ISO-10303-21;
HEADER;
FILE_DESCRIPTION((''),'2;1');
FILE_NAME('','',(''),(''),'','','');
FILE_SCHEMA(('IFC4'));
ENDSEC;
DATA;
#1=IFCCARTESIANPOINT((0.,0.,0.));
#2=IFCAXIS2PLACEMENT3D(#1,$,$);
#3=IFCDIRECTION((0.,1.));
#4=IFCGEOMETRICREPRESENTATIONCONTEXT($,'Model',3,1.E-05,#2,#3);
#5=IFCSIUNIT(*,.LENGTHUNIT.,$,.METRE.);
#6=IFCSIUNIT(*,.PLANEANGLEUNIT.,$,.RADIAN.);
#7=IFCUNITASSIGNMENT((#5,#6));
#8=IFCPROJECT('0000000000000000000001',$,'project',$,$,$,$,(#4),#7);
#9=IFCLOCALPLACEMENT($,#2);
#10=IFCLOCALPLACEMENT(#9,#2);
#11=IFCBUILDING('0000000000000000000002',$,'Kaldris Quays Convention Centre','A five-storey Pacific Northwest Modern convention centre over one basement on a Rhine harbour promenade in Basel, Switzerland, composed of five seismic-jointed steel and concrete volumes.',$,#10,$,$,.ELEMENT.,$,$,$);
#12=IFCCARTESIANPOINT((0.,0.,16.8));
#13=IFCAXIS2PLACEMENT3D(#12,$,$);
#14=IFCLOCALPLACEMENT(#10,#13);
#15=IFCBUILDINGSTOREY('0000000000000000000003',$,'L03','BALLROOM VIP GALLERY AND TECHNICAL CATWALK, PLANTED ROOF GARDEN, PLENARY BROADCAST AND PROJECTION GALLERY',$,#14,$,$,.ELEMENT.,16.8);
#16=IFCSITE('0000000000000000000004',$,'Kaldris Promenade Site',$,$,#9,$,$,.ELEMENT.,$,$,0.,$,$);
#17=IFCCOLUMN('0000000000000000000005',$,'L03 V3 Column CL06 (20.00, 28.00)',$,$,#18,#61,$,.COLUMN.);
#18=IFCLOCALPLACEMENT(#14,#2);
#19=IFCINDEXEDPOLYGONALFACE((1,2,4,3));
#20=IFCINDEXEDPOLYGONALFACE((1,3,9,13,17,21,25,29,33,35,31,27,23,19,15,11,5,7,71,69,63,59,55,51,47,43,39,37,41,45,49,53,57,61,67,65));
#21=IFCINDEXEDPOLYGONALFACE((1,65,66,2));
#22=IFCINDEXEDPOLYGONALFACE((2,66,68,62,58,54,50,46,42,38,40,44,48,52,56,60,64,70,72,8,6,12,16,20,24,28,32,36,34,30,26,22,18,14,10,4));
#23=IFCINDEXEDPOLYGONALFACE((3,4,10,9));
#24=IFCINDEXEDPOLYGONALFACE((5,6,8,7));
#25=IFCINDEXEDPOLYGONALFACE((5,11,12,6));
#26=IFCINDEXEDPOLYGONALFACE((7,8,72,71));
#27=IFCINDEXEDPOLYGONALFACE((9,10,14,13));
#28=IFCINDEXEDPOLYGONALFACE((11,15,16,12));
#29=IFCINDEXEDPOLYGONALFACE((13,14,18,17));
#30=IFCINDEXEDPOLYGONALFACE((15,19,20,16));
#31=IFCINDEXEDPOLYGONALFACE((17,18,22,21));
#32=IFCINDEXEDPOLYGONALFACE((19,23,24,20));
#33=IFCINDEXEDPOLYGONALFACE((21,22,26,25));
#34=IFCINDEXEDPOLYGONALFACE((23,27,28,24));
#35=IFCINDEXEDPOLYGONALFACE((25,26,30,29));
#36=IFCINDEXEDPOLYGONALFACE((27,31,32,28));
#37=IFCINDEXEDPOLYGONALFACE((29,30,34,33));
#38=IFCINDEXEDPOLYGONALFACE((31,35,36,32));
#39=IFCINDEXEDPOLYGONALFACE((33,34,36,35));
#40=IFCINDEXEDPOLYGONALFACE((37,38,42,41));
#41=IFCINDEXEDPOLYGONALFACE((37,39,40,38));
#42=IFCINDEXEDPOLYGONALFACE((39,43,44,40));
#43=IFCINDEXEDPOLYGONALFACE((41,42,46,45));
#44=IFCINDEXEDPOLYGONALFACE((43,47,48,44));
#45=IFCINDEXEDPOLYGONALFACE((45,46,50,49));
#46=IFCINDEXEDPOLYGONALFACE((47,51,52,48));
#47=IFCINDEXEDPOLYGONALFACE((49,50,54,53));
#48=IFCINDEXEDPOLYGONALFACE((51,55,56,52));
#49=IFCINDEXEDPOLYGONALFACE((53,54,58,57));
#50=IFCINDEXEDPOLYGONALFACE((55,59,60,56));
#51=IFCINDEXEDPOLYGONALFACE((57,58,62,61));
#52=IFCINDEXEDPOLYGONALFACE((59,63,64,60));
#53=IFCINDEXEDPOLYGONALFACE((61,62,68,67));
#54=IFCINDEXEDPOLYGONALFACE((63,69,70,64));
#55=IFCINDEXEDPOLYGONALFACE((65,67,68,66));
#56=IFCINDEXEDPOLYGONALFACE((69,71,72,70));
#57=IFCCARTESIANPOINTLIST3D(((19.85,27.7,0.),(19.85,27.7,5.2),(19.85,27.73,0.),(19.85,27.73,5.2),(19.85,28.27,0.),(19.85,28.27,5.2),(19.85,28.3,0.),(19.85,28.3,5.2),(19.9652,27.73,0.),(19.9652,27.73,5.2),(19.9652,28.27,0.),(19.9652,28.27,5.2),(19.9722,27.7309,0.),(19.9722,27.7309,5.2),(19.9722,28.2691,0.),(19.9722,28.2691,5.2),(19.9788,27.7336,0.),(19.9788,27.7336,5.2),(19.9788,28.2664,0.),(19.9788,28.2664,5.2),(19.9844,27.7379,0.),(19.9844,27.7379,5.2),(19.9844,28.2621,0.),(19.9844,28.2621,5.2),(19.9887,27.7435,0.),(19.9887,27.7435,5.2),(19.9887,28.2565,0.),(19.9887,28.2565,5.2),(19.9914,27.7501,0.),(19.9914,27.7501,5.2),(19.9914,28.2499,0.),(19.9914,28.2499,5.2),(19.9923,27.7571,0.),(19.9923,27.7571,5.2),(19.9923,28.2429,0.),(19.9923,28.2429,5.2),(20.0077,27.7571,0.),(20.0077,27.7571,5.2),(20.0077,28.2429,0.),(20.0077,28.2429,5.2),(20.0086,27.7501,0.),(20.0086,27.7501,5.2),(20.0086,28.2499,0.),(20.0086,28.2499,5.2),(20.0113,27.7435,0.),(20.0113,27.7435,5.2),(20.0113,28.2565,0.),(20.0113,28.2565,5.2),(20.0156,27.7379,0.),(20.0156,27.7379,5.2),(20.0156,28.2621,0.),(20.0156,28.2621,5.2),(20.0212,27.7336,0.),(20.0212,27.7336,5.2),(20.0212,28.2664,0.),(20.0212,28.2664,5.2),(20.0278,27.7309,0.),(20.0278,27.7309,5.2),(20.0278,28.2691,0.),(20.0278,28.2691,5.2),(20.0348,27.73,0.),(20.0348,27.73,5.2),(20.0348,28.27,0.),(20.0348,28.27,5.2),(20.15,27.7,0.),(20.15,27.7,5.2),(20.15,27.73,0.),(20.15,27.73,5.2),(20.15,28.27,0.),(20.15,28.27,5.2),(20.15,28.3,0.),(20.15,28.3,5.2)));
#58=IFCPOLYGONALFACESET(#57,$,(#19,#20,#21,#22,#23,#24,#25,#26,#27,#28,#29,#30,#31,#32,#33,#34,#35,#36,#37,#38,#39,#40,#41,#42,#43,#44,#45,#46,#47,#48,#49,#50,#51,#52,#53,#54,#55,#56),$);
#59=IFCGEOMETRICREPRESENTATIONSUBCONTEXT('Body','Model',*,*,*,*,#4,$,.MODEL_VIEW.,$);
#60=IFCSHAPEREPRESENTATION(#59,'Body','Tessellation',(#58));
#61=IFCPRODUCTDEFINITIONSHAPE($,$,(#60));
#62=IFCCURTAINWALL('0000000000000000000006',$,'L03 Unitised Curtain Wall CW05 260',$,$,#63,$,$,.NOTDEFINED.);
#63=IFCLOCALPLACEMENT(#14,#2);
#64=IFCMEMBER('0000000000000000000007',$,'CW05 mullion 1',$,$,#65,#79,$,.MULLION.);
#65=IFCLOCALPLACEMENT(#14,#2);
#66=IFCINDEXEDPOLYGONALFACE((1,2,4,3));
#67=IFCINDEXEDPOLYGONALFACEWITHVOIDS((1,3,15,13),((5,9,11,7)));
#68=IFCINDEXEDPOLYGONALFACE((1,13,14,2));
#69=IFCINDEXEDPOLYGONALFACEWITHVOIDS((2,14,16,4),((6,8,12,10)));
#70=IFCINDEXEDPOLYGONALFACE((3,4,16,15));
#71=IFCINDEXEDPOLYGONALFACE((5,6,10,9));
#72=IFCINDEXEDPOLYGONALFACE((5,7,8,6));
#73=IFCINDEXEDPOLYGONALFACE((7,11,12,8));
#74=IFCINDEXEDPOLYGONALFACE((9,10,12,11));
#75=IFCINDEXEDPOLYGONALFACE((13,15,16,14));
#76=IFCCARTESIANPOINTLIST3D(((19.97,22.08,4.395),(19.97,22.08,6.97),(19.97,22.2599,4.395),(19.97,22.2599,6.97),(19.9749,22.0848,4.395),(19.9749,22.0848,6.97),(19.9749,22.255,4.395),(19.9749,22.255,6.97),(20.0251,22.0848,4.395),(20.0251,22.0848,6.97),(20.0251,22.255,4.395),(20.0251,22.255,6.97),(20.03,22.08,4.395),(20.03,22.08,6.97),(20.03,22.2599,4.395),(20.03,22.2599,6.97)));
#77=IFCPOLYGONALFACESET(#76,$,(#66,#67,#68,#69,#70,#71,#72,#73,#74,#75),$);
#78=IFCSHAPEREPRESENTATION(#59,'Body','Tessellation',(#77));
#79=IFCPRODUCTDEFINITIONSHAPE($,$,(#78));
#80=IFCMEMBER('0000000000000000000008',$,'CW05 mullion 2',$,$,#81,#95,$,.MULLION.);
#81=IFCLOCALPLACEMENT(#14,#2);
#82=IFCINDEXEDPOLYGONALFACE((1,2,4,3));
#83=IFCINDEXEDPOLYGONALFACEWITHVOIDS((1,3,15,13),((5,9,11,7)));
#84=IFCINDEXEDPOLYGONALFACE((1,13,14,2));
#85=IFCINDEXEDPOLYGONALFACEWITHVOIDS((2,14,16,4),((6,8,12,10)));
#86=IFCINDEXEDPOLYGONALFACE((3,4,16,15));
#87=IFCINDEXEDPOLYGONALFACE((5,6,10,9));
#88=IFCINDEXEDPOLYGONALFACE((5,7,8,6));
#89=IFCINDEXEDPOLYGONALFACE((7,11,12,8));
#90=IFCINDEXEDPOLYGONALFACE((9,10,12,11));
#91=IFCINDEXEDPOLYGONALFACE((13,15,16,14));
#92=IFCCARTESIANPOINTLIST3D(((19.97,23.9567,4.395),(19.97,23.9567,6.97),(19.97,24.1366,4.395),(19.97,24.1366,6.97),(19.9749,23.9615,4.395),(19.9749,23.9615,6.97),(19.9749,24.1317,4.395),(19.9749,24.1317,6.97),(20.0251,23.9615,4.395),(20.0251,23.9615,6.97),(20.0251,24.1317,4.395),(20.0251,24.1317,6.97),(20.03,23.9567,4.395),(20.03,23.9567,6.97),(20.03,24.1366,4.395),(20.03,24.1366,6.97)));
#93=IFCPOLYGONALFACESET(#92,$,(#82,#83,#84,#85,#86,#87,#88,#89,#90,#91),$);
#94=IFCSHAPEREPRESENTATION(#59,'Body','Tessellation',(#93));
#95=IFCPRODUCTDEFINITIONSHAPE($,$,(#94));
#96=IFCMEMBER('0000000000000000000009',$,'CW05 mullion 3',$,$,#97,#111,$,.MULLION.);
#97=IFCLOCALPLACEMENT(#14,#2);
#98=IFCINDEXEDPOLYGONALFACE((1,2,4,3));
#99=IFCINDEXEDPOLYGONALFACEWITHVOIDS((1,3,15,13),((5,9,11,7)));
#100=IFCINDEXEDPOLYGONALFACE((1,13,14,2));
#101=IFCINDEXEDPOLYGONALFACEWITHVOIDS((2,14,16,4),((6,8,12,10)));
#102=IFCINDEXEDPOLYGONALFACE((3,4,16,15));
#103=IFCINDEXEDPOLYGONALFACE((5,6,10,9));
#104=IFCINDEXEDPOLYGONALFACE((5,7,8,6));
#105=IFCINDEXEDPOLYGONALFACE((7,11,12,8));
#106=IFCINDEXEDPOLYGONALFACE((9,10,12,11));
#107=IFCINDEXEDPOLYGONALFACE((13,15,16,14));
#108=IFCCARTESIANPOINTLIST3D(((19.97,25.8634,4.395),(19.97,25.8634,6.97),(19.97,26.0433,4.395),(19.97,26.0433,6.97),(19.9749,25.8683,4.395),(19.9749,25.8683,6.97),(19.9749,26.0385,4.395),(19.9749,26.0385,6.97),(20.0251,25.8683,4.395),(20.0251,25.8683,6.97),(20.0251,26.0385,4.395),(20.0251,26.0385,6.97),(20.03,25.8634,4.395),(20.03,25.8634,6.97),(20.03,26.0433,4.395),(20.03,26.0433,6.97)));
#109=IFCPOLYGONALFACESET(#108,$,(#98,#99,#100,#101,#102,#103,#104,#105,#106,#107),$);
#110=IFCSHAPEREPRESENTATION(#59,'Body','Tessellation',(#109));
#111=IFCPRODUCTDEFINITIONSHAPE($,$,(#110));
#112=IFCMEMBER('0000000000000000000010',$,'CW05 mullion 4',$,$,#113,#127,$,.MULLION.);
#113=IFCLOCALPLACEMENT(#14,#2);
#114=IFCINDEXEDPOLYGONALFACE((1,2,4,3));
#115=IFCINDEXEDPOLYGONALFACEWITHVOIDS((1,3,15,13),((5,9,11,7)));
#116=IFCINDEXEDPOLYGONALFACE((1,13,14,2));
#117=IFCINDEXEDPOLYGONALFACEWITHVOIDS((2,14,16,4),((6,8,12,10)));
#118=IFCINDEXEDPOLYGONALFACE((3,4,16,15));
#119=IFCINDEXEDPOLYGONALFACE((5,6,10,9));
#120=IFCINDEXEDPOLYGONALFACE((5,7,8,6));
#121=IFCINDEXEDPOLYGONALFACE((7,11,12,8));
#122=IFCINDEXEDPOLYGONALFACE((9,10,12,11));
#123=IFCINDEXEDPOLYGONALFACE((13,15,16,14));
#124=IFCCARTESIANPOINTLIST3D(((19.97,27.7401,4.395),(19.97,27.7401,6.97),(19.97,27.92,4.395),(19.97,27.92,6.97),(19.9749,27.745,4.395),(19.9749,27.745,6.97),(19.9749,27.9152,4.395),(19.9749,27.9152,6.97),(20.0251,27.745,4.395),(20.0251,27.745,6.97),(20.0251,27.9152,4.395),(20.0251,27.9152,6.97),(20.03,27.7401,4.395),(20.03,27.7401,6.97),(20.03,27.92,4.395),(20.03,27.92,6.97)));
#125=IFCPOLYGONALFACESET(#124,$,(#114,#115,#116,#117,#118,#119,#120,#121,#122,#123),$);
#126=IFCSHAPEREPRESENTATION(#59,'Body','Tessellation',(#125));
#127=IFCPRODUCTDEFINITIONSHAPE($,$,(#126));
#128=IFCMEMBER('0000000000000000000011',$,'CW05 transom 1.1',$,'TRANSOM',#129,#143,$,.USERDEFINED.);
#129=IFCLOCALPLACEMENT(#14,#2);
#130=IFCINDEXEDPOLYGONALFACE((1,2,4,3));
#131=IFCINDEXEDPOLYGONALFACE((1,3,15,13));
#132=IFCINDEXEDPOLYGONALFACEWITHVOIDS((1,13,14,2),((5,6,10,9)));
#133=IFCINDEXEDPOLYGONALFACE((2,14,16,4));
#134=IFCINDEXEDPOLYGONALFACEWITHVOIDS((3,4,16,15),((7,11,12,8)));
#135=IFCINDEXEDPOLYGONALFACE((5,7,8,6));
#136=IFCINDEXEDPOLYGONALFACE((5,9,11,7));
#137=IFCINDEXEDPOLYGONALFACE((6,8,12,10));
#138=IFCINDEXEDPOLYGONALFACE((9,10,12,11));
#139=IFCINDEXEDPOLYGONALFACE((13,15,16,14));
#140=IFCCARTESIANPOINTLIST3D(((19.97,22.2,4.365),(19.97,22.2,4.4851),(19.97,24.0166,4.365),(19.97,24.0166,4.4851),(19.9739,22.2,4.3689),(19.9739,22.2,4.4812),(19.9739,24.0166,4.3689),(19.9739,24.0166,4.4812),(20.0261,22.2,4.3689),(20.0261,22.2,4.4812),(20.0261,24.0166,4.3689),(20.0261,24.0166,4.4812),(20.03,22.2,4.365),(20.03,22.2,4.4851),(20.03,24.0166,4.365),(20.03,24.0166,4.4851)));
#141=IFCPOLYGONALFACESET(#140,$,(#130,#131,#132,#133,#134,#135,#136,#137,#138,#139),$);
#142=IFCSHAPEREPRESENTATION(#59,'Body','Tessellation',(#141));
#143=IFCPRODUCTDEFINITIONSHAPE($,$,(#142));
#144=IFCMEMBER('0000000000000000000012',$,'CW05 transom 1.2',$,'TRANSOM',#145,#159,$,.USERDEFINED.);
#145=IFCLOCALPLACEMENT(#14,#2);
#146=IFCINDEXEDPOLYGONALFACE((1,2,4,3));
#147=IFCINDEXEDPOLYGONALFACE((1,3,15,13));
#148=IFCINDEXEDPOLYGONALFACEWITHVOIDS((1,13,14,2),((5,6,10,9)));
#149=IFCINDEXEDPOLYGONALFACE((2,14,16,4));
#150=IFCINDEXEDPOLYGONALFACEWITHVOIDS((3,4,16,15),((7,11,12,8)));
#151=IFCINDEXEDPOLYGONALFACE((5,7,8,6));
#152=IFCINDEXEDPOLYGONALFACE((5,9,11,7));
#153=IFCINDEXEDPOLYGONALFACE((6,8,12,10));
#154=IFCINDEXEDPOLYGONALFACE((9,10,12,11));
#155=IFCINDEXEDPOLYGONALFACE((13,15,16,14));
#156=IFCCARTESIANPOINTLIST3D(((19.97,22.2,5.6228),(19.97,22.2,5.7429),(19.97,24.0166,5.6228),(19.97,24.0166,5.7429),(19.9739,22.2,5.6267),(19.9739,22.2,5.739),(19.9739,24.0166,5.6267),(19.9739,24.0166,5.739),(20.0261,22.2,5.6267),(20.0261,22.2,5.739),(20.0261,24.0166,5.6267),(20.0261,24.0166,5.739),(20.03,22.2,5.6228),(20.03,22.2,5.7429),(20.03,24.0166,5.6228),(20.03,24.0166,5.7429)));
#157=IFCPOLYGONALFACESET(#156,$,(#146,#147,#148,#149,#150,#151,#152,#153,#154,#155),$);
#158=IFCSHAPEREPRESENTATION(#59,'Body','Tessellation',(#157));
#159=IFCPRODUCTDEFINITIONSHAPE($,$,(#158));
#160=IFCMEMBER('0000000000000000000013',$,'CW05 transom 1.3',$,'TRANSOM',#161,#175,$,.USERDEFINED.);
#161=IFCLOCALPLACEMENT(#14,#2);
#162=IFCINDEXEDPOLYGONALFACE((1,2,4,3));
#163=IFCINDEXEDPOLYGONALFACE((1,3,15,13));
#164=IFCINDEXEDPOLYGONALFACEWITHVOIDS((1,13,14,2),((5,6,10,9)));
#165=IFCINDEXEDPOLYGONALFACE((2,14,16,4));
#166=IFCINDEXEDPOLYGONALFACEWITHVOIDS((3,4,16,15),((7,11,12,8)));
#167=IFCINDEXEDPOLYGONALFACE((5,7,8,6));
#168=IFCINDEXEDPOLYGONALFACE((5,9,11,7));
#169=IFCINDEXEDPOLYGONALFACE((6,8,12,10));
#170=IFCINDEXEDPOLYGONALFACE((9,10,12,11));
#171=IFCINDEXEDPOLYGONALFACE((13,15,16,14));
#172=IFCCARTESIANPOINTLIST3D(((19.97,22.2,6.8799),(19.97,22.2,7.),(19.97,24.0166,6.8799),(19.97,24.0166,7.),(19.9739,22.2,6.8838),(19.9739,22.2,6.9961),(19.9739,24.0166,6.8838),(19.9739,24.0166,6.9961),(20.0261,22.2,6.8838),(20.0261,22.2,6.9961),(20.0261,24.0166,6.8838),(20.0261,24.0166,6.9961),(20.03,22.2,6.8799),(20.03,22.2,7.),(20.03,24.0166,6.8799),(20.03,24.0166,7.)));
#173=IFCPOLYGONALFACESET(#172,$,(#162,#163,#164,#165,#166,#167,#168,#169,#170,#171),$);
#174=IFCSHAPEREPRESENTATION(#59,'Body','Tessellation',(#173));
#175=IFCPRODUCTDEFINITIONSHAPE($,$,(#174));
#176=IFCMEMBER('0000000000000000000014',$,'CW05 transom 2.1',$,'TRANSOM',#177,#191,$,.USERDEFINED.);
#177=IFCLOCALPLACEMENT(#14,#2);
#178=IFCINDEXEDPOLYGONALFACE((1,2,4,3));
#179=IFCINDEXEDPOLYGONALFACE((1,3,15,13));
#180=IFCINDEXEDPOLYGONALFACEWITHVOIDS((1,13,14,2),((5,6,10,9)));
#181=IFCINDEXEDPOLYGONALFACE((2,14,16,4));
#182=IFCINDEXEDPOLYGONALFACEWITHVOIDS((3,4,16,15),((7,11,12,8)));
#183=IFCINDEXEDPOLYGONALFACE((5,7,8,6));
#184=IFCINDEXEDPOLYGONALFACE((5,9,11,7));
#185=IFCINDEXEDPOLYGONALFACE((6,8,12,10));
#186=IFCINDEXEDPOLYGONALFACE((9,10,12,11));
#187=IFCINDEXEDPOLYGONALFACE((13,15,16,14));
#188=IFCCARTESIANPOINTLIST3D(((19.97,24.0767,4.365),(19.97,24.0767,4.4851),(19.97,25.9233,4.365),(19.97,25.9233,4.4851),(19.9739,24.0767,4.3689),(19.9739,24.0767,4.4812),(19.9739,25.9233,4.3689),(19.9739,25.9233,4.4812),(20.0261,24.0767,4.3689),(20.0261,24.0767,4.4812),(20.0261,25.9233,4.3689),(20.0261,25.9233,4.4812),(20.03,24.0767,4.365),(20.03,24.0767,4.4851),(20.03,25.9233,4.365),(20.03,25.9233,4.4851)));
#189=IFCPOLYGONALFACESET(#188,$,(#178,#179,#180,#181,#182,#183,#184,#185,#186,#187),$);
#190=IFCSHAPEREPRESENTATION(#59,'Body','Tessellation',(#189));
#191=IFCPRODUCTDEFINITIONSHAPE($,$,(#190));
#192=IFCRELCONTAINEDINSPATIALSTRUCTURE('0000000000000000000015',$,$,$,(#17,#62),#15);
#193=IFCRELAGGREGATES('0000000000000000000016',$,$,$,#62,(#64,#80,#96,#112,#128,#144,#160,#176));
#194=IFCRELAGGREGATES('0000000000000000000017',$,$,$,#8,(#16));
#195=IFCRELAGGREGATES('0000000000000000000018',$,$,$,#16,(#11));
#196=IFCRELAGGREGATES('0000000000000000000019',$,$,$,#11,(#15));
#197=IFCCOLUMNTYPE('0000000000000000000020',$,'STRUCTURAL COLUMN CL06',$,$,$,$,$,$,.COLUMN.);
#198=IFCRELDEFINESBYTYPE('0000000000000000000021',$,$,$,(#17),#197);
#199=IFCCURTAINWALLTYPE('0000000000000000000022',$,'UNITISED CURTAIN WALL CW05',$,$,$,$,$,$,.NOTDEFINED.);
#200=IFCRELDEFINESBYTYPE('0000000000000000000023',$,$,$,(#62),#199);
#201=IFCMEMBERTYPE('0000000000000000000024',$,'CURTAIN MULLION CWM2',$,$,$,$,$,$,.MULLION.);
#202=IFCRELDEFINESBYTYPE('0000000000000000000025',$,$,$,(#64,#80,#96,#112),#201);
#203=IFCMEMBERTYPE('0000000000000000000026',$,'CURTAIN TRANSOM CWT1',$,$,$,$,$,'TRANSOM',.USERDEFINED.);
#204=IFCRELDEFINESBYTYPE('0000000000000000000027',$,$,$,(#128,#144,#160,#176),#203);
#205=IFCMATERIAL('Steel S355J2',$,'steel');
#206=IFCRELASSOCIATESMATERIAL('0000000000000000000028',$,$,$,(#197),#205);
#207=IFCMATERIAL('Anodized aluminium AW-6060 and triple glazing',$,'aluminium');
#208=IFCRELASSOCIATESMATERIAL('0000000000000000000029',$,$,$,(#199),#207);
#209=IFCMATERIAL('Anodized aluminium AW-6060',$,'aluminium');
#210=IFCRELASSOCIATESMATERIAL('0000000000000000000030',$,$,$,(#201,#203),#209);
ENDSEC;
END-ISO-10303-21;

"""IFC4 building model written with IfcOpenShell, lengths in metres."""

from ifc_helpers import new_model, si_unit, direction, frame, origin, origin_2d, place, context, subcontext, project, spatial, hollow_rectangle, i_section, extrude, material, material_profile, profile_set, type_object, element, aggregate, save


model = new_model("IFC4")

# Units and contexts
model_context = context("Model", 3, precision=1e-05, world=origin(), true_north=direction((0.0, 1.0)))
body_context = subcontext(model_context, "Body", "Model", "MODEL_VIEW")
ifc_project = project(units=[si_unit("LENGTHUNIT", "METRE"), si_unit("PLANEANGLEUNIT", "RADIAN")], contexts=[model_context])

# Site, building, storey
site_placement = place(None, origin())
site = spatial("IfcSite", under=ifc_project, at=site_placement, Name="Kaldris Promenade Site", CompositionType="ELEMENT", RefElevation=0.0)
building_placement = place(site_placement, origin())
building = spatial("IfcBuilding", under=site, at=building_placement, Name="Kaldris Quays Convention Centre", Description="A five-storey Pacific Northwest Modern convention centre over one basement on a Rhine harbour promenade in Basel, Switzerland, composed of five seismic-jointed steel and concrete volumes.", CompositionType="ELEMENT")
storey_placement = place(building_placement, frame((0.0, 0.0, 16.8)))
storey = spatial("IfcBuildingStorey", under=building, at=storey_placement, Name="L03", Description="BALLROOM VIP GALLERY AND TECHNICAL CATWALK, PLANTED ROOF GARDEN, PLENARY BROADCAST AND PROJECTION GALLERY", CompositionType="ELEMENT", Elevation=16.8)

# Column
ifc_material_1 = material(Name="Steel S355J2", Category="steel")
ifc_material_profile_1 = material_profile(ifc_material_1, i_section(OverallWidth=0.3, OverallDepth=0.6001, WebThickness=0.0154, FlangeThickness=0.03, FilletRadius=0.0271, at=origin_2d()), Name="HEB 600")
ifc_profile_set_1 = profile_set([ifc_material_profile_1], Name="Steel S355J2")
column_type = type_object("IfcColumnType", Name="STRUCTURAL COLUMN CL06", PredefinedType="COLUMN", material=ifc_profile_set_1)
column_placement = place(storey_placement, frame((20.0, 28.0, 0.0), z_axis=(0.0, 0.0, 1.0), x_axis=(1.0, 0.0, 0.0)))
element("IfcColumn", 1, at=column_placement, inside=storey, type_object=column_type, Name="L03 V3 Column CL06 (20.00, 28.00)", PredefinedType="COLUMN", context=body_context, shape_type="SweptSolid", body=[
    extrude(i_section(OverallWidth=0.3, OverallDepth=0.6001, WebThickness=0.0154, FlangeThickness=0.03, FilletRadius=0.0271, at=origin_2d()), origin(), (0.0, 0.0, 1.0), 5.2),
])

# Curtain wall, members
ifc_material_2 = material(Name="Anodized aluminium AW-6060 and triple glazing", Category="aluminium")
curtain_wall_type = type_object("IfcCurtainWallType", Name="UNITISED CURTAIN WALL CW05", PredefinedType="NOTDEFINED", material=ifc_material_2)
curtain_wall_placement = place(storey_placement, origin())
curtain_wall = element("IfcCurtainWall", 2, at=curtain_wall_placement, inside=storey, type_object=curtain_wall_type, Name="L03 Unitised Curtain Wall CW05 260", PredefinedType="NOTDEFINED")
ifc_material_3 = material(Name="Anodized aluminium AW-6060", Category="aluminium")
ifc_material_profile_2 = material_profile(ifc_material_3, hollow_rectangle(XDim=0.0601, YDim=0.1799, WallThickness=0.0049, at=origin_2d()), Name="RHS 180x60x5")
ifc_profile_set_2 = profile_set([ifc_material_profile_2], Name="Anodized aluminium AW-6060")
member_type_1 = type_object("IfcMemberType", Name="CURTAIN MULLION CWM2", PredefinedType="MULLION", material=ifc_profile_set_2)
member_1_placement = place(storey_placement, frame((20.0, 22.1699, 4.395), z_axis=(0.0, 0.0, 1.0), x_axis=(-1.0, 0.0, 0.0)))
member_1 = element("IfcMember", 3, at=member_1_placement, type_object=member_type_1, Name="CW05 mullion 1", PredefinedType="MULLION", context=body_context, shape_type="SweptSolid", body=[
    extrude(hollow_rectangle(XDim=0.0601, YDim=0.1799, WallThickness=0.0049, at=origin_2d()), origin(), (0.0, 0.0, 1.0), 2.575),
])
member_2_placement = place(storey_placement, frame((20.0, 24.0466, 4.395), z_axis=(0.0, 0.0, 1.0), x_axis=(-1.0, 0.0, 0.0)))
member_2 = element("IfcMember", 4, at=member_2_placement, type_object=member_type_1, Name="CW05 mullion 2", PredefinedType="MULLION", context=body_context, shape_type="SweptSolid", body=[
    extrude(hollow_rectangle(XDim=0.0601, YDim=0.1799, WallThickness=0.0049, at=origin_2d()), origin(), (0.0, 0.0, 1.0), 2.575),
])
member_3_placement = place(storey_placement, frame((20.0, 25.9534, 4.395), z_axis=(0.0, 0.0, 1.0), x_axis=(-1.0, 0.0, 0.0)))
member_3 = element("IfcMember", 5, at=member_3_placement, type_object=member_type_1, Name="CW05 mullion 3", PredefinedType="MULLION", context=body_context, shape_type="SweptSolid", body=[
    extrude(hollow_rectangle(XDim=0.0601, YDim=0.1799, WallThickness=0.0049, at=origin_2d()), origin(), (0.0, 0.0, 1.0), 2.575),
])
member_4_placement = place(storey_placement, frame((20.0, 27.8301, 4.395), z_axis=(0.0, 0.0, 1.0), x_axis=(-1.0, 0.0, 0.0)))
member_4 = element("IfcMember", 6, at=member_4_placement, type_object=member_type_1, Name="CW05 mullion 4", PredefinedType="MULLION", context=body_context, shape_type="SweptSolid", body=[
    extrude(hollow_rectangle(XDim=0.0601, YDim=0.1799, WallThickness=0.0049, at=origin_2d()), origin(), (0.0, 0.0, 1.0), 2.575),
])
ifc_material_profile_3 = material_profile(ifc_material_3, hollow_rectangle(XDim=0.0601, YDim=0.1201, WallThickness=0.0039, at=origin_2d()), Name="RHS 120x60x4")
ifc_profile_set_3 = profile_set([ifc_material_profile_3], Name="Anodized aluminium AW-6060")
member_type_2 = type_object("IfcMemberType", Name="CURTAIN TRANSOM CWT1", ElementType="TRANSOM", PredefinedType="USERDEFINED", material=ifc_profile_set_3)
member_5_placement = place(storey_placement, frame((20.0, 22.2, 4.425), z_axis=(0.0, 1.0, 0.0), x_axis=(-1.0, 0.0, 0.0)))
member_5 = element("IfcMember", 7, at=member_5_placement, type_object=member_type_2, Name="CW05 transom 1.1", ObjectType="TRANSOM", PredefinedType="USERDEFINED", context=body_context, shape_type="SweptSolid", body=[
    extrude(hollow_rectangle(XDim=0.0601, YDim=0.1201, WallThickness=0.0039, at=origin_2d()), origin(), (0.0, 0.0, 1.0), 1.8167),
])
member_6_placement = place(storey_placement, frame((20.0, 22.2, 5.6829), z_axis=(0.0, 1.0, 0.0), x_axis=(-1.0, 0.0, 0.0)))
member_6 = element("IfcMember", 8, at=member_6_placement, type_object=member_type_2, Name="CW05 transom 1.2", ObjectType="TRANSOM", PredefinedType="USERDEFINED", context=body_context, shape_type="SweptSolid", body=[
    extrude(hollow_rectangle(XDim=0.0601, YDim=0.1201, WallThickness=0.0039, at=origin_2d()), origin(), (0.0, 0.0, 1.0), 1.8167),
])
member_7_placement = place(storey_placement, frame((20.0, 22.2, 6.9399), z_axis=(0.0, 1.0, 0.0), x_axis=(-1.0, 0.0, 0.0)))
member_7 = element("IfcMember", 9, at=member_7_placement, type_object=member_type_2, Name="CW05 transom 1.3", ObjectType="TRANSOM", PredefinedType="USERDEFINED", context=body_context, shape_type="SweptSolid", body=[
    extrude(hollow_rectangle(XDim=0.0601, YDim=0.1201, WallThickness=0.0039, at=origin_2d()), origin(), (0.0, 0.0, 1.0), 1.8167),
])
member_8_placement = place(storey_placement, frame((20.0, 24.0767, 4.425), z_axis=(0.0, 1.0, 0.0), x_axis=(-1.0, 0.0, 0.0)))
member_8 = element("IfcMember", 10, at=member_8_placement, type_object=member_type_2, Name="CW05 transom 2.1", ObjectType="TRANSOM", PredefinedType="USERDEFINED", context=body_context, shape_type="SweptSolid", body=[
    extrude(hollow_rectangle(XDim=0.0601, YDim=0.1201, WallThickness=0.0039, at=origin_2d()), origin(), (0.0, 0.0, 1.0), 1.8467),
])

aggregate(curtain_wall, [member_1, member_2, member_3, member_4, member_5, member_6, member_7, member_8])

save(model, "model.ifc")
